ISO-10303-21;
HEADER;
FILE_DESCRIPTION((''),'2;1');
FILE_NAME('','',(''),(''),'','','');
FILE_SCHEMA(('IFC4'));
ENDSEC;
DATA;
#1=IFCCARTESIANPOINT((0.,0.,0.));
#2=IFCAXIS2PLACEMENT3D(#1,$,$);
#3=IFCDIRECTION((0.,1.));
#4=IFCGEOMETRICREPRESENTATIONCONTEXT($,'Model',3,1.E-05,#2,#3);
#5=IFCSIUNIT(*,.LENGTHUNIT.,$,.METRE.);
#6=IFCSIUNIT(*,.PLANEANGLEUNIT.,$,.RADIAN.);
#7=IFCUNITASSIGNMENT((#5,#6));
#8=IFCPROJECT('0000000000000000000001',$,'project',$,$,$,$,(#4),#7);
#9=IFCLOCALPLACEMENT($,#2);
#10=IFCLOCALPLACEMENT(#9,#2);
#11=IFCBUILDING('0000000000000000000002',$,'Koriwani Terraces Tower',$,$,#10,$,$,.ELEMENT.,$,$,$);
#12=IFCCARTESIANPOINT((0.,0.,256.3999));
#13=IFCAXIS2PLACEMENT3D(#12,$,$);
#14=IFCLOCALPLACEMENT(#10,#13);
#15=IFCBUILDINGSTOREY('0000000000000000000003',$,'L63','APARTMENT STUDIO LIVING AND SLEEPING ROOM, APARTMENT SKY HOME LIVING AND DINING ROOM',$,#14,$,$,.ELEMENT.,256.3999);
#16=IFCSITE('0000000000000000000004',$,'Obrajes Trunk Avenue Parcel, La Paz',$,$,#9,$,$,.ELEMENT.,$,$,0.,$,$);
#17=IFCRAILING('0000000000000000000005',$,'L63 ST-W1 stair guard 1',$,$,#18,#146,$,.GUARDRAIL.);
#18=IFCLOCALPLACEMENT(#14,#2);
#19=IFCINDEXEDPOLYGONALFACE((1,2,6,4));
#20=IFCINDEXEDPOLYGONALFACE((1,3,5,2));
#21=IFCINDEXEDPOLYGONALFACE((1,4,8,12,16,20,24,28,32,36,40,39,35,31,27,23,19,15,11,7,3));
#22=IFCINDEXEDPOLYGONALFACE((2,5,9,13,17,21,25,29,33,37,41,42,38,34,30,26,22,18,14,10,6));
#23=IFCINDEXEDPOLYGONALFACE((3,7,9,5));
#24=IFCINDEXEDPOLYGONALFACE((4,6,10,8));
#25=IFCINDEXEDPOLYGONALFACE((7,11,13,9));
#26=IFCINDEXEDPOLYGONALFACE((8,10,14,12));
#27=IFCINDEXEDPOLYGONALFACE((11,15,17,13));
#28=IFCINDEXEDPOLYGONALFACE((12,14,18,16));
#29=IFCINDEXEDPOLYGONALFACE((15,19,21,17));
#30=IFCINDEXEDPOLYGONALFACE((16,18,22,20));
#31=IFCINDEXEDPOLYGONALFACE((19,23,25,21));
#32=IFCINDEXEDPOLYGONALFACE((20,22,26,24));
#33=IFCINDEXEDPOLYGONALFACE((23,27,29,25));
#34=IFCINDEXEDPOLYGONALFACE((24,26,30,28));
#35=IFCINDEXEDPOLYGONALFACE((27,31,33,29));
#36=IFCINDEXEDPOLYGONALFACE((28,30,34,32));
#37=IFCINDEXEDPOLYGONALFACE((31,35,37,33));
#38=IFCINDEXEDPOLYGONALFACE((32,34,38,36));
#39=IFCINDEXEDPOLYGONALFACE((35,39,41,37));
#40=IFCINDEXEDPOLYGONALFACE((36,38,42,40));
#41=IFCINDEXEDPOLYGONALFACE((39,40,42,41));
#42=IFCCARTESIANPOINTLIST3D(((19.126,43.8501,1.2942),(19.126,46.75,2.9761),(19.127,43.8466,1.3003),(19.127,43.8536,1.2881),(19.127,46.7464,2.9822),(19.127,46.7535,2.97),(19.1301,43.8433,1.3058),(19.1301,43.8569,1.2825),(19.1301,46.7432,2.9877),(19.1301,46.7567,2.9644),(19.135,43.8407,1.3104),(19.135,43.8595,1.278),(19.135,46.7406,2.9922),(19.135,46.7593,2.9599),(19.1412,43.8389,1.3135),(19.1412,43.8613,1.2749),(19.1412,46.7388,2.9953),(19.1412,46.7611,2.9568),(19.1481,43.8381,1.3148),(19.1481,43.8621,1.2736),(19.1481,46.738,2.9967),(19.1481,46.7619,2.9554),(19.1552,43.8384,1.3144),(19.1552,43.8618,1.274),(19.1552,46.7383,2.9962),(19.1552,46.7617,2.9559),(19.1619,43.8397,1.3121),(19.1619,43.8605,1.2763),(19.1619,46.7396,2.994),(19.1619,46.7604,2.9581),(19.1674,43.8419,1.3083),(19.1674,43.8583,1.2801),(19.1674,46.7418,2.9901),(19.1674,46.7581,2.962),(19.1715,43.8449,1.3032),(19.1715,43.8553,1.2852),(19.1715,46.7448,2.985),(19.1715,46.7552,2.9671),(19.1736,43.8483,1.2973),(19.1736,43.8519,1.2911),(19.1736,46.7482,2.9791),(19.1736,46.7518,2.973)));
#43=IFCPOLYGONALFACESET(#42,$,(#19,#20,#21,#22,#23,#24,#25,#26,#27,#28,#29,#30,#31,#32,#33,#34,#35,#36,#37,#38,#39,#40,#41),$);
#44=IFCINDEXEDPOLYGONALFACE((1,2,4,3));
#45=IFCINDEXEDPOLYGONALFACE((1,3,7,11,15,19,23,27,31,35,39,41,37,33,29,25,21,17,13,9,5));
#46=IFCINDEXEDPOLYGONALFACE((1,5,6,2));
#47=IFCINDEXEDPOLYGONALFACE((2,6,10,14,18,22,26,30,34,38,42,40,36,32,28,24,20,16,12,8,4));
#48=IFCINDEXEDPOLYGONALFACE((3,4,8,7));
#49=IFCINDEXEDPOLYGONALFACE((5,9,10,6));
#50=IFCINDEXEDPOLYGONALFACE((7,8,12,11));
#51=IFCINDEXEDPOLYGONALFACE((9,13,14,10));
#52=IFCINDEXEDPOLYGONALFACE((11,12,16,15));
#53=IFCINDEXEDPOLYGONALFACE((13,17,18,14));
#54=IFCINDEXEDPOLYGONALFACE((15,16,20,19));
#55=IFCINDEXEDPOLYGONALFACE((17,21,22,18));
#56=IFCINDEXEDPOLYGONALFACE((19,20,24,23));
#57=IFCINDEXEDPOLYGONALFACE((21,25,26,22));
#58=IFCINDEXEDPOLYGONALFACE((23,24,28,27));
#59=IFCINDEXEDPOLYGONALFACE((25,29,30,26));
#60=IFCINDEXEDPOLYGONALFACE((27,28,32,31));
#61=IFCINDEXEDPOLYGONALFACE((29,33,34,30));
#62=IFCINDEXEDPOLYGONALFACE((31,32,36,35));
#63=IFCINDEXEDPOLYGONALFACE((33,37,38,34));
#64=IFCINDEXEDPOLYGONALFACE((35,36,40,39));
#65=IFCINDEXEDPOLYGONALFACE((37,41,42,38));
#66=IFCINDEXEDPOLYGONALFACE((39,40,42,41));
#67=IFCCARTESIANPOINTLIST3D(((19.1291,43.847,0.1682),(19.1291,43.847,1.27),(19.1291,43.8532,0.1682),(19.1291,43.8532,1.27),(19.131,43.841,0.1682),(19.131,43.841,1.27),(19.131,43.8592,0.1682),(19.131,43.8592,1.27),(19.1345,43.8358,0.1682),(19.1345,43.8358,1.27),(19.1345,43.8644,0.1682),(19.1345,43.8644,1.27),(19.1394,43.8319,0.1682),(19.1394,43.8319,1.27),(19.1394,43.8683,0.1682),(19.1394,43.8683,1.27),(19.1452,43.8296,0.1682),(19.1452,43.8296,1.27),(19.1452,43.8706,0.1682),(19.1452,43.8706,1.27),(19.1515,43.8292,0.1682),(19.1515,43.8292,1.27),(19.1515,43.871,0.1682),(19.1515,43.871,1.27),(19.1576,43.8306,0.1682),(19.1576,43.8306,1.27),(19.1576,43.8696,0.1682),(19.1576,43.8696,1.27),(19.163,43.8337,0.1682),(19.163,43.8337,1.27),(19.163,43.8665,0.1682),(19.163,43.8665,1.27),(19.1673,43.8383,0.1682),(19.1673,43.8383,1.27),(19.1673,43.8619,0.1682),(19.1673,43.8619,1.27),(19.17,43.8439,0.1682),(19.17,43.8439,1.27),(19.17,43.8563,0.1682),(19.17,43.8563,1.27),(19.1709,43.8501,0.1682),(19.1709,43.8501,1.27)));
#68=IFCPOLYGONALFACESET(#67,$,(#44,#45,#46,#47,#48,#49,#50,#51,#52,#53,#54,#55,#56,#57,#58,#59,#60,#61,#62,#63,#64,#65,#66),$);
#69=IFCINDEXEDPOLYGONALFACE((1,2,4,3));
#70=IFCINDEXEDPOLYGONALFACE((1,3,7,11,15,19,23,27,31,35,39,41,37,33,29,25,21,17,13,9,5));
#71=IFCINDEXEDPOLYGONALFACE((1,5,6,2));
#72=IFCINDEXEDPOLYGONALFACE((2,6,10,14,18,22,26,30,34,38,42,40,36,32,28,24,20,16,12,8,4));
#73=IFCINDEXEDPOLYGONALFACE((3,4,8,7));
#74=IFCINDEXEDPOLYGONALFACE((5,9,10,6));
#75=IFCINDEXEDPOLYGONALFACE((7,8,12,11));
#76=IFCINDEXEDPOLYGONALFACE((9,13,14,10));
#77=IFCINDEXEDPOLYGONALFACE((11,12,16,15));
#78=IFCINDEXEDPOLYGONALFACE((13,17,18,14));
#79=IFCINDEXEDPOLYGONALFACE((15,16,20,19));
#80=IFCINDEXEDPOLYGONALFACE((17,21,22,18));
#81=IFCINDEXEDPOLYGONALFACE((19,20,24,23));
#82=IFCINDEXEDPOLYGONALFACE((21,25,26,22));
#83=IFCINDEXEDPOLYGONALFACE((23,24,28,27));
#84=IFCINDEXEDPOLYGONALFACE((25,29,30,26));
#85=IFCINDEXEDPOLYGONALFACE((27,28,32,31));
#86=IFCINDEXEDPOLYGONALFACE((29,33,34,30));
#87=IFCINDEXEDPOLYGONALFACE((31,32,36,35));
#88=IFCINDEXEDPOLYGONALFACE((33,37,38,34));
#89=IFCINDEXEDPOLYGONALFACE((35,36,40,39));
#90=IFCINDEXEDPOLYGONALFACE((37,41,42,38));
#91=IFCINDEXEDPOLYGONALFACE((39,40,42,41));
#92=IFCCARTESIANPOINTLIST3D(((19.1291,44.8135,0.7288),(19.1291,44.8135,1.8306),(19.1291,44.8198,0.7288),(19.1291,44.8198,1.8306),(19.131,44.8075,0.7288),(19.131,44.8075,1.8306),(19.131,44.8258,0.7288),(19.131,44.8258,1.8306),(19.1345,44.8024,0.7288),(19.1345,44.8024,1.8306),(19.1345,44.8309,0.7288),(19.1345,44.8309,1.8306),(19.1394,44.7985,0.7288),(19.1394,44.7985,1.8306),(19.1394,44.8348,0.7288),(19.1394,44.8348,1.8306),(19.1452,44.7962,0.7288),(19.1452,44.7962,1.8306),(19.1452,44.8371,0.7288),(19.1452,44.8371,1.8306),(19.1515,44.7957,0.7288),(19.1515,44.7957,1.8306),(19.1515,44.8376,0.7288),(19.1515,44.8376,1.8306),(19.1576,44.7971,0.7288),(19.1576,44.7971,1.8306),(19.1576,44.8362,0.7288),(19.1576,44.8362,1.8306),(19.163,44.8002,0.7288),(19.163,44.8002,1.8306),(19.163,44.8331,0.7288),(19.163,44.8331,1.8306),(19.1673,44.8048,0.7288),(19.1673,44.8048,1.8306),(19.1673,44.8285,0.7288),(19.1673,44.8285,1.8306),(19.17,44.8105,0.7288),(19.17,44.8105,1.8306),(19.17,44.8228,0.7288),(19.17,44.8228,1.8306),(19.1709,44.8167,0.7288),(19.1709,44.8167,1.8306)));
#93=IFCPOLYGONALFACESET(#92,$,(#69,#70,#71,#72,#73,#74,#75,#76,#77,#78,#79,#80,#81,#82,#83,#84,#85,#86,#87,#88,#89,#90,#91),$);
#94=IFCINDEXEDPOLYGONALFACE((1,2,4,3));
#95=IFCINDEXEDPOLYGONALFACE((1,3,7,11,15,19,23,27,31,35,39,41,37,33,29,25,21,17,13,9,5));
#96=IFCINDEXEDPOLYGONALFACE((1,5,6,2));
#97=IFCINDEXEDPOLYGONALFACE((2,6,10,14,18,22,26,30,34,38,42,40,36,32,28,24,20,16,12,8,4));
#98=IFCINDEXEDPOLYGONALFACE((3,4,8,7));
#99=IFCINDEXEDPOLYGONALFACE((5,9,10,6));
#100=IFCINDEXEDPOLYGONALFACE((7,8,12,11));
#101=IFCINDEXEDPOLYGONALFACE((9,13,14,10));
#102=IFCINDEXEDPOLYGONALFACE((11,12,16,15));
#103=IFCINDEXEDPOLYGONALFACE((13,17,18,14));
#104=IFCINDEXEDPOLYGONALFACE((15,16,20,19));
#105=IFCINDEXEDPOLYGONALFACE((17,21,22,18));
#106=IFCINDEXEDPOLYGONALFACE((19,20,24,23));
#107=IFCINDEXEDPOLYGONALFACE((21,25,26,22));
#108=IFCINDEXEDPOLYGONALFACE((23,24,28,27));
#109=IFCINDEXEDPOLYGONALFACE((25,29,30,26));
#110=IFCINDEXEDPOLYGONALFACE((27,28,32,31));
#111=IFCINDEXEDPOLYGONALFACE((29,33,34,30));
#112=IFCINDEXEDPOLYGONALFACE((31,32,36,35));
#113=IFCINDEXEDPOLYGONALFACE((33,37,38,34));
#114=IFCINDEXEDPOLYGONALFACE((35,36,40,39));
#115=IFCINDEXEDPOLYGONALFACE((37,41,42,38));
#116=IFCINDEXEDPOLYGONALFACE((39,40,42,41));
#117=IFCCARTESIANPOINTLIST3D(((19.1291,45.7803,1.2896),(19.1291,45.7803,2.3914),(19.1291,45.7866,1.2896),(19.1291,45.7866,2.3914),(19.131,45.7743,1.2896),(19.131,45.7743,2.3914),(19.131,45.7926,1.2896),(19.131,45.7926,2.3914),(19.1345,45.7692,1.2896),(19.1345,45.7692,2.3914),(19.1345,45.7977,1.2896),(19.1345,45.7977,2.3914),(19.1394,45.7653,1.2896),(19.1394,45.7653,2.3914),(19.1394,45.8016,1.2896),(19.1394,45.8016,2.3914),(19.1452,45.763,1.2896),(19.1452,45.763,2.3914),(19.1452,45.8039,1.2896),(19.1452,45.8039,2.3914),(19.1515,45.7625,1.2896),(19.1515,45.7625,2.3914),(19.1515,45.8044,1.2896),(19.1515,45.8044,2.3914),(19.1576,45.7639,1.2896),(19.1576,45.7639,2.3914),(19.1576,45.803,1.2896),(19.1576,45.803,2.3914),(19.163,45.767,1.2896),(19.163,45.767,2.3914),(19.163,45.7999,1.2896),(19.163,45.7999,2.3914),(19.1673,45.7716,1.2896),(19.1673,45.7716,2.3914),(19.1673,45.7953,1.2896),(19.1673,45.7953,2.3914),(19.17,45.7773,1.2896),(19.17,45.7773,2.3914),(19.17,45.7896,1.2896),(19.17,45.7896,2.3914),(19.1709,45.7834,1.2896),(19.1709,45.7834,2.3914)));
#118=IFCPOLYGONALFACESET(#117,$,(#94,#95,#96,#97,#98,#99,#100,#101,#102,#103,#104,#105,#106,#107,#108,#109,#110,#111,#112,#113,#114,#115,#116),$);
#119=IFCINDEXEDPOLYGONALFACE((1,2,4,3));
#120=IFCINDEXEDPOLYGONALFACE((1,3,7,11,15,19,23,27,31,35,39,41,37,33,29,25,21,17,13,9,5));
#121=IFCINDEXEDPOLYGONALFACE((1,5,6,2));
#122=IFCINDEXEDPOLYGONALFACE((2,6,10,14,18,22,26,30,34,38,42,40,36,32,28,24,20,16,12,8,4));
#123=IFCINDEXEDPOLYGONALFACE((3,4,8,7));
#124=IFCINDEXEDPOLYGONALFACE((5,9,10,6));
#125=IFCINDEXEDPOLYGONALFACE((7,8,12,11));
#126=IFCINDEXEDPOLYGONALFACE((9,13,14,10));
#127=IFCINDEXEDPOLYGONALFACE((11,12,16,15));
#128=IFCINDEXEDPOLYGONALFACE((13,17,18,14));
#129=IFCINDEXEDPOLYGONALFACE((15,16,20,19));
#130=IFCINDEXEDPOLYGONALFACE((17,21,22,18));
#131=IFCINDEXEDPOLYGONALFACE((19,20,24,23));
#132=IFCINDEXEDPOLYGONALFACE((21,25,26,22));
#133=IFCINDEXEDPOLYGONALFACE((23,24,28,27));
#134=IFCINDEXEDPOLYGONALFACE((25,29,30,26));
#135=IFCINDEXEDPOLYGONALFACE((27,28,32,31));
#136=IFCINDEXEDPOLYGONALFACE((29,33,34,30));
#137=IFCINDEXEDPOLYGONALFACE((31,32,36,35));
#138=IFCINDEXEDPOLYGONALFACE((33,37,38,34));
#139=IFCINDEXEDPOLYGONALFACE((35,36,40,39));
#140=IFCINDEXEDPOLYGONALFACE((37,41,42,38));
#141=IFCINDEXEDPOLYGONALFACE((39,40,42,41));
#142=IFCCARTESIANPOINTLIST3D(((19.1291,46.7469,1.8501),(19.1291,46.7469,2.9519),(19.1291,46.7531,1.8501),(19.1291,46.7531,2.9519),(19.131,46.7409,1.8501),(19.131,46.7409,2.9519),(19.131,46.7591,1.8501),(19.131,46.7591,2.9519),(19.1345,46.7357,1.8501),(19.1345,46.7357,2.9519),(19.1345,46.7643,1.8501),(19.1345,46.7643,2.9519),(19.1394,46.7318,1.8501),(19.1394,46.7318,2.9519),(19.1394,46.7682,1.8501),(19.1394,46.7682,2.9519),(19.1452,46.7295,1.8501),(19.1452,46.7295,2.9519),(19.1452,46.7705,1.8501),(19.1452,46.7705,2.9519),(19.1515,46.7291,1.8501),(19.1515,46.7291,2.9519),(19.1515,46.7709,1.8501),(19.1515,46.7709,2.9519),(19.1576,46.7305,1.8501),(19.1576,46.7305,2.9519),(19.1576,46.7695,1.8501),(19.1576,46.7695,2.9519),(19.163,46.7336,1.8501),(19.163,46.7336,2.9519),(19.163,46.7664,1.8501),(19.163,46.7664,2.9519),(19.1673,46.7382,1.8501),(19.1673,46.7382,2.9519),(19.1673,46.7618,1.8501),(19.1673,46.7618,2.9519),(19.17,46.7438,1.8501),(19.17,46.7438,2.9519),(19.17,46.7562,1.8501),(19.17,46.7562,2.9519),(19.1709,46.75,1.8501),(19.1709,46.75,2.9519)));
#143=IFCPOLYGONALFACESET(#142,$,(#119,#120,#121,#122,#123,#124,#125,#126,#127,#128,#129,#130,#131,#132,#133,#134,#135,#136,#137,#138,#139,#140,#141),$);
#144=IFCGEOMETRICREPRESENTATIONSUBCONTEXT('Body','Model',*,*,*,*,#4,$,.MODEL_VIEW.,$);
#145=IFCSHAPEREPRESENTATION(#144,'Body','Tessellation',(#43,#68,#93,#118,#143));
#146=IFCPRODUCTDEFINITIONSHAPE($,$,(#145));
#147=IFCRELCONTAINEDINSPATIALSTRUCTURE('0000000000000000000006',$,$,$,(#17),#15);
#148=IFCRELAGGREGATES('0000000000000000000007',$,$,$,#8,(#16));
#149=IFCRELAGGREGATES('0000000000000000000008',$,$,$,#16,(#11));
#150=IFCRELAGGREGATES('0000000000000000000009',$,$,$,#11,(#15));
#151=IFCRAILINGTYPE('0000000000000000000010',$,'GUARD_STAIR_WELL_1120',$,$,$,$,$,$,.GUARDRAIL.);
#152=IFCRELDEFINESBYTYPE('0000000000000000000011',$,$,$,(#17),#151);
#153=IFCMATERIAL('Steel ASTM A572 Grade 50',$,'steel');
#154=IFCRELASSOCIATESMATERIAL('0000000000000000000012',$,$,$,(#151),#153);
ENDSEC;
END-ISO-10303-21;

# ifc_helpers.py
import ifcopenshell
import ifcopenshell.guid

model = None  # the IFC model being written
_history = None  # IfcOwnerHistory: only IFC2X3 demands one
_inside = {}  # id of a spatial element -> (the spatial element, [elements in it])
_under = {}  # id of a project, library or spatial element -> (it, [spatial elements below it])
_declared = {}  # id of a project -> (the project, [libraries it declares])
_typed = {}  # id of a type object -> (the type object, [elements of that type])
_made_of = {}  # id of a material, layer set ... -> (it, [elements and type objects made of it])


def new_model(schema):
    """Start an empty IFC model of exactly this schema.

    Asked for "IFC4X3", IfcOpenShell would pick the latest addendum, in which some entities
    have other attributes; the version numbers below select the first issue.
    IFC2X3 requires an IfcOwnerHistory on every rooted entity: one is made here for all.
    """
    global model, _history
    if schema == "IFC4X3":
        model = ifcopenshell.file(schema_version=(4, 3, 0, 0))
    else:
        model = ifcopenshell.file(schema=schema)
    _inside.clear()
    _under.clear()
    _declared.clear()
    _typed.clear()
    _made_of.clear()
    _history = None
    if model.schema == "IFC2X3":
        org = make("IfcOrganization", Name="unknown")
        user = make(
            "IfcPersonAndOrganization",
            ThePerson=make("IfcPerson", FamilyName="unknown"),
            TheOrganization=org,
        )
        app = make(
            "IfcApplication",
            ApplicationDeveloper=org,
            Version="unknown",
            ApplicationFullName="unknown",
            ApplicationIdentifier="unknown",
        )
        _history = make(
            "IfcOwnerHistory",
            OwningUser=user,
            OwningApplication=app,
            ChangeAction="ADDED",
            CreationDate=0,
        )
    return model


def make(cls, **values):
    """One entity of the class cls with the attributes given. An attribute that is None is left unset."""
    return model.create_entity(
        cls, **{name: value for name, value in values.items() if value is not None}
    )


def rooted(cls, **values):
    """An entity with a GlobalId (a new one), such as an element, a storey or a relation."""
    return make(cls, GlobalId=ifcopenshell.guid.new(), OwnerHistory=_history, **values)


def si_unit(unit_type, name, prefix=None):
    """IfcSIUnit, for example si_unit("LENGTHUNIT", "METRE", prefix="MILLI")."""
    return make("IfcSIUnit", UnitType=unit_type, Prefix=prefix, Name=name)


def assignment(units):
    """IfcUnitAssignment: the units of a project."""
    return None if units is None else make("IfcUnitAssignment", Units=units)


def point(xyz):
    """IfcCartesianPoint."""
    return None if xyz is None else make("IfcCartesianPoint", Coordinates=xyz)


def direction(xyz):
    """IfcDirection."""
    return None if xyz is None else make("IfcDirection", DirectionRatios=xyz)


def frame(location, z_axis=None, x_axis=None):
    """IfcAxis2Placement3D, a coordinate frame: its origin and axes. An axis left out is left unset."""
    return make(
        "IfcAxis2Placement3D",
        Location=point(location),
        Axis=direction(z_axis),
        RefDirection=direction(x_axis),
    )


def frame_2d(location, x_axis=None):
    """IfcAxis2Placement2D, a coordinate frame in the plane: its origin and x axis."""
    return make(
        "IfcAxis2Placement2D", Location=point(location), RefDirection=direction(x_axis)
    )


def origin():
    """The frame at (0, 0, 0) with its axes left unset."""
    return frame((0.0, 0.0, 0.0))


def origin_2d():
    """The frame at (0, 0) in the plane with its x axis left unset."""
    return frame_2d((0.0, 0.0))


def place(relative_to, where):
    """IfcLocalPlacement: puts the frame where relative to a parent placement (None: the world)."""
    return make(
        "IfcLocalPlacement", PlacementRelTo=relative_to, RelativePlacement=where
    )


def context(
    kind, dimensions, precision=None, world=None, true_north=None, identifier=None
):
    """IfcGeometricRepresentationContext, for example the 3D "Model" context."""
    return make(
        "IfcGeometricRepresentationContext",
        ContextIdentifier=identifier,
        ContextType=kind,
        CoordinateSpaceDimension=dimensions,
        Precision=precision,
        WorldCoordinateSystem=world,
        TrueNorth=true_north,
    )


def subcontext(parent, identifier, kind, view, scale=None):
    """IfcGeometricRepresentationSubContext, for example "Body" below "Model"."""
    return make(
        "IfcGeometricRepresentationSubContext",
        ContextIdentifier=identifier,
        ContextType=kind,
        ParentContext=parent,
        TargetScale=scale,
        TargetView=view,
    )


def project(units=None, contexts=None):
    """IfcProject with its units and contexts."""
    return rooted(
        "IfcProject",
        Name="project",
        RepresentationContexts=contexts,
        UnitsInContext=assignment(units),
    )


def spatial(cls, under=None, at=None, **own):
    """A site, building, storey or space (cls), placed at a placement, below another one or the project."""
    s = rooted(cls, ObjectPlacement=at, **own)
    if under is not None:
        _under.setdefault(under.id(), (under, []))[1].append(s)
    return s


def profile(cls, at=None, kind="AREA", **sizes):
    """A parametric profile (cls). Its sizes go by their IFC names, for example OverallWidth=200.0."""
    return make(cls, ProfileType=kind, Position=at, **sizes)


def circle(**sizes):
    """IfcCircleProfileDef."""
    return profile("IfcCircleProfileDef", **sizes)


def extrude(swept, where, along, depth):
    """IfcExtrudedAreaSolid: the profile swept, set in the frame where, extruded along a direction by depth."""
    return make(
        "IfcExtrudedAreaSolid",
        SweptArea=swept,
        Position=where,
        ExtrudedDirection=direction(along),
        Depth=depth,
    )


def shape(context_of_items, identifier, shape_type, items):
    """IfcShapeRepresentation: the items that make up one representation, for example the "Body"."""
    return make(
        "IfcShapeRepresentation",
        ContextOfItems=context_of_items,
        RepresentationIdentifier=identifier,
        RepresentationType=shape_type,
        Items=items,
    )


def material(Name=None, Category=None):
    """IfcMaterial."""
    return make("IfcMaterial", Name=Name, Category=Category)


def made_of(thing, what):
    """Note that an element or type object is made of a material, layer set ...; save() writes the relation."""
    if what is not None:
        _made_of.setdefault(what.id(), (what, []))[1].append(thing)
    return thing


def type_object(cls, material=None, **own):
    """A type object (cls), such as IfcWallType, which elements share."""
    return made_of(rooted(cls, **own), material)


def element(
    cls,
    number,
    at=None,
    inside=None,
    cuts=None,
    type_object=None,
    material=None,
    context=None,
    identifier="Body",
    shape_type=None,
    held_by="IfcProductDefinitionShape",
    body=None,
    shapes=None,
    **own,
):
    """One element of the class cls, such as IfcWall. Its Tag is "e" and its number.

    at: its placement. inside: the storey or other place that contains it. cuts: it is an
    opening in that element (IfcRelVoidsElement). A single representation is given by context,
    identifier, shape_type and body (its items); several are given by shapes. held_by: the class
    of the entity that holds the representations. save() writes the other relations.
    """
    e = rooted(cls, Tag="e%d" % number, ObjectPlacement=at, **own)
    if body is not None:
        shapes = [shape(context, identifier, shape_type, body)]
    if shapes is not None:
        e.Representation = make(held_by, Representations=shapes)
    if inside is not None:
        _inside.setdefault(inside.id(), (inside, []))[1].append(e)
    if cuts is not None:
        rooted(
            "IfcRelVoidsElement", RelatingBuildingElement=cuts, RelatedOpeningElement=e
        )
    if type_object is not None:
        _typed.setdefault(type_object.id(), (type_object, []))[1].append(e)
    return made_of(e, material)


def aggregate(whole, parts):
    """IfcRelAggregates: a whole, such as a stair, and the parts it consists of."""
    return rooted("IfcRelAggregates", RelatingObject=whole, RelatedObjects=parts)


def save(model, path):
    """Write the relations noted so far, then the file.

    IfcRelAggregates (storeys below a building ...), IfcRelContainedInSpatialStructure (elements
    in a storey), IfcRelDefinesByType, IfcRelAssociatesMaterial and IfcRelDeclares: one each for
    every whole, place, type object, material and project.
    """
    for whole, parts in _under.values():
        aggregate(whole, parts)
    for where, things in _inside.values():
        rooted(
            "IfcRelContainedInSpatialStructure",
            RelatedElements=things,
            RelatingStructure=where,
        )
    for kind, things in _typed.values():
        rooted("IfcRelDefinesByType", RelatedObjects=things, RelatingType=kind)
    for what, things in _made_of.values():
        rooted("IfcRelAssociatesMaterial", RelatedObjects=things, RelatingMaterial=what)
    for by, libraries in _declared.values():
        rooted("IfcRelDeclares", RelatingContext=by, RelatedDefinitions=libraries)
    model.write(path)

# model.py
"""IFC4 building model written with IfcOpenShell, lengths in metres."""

from ifc_helpers import new_model, si_unit, direction, frame, origin, origin_2d, place, context, subcontext, project, spatial, circle, extrude, material, type_object, element, save


model = new_model("IFC4")

# Units and contexts
model_context = context("Model", 3, precision=1e-05, world=origin(), true_north=direction((0.0, 1.0)))
body_context = subcontext(model_context, "Body", "Model", "MODEL_VIEW")
ifc_project = project(units=[si_unit("LENGTHUNIT", "METRE"), si_unit("PLANEANGLEUNIT", "RADIAN")], contexts=[model_context])

# Site, building, storey
site_placement = place(None, origin())
site = spatial("IfcSite", under=ifc_project, at=site_placement, Name="Obrajes Trunk Avenue Parcel, La Paz", CompositionType="ELEMENT", RefElevation=0.0)
building_placement = place(site_placement, origin())
building = spatial("IfcBuilding", under=site, at=building_placement, Name="Koriwani Terraces Tower", CompositionType="ELEMENT")
storey_placement = place(building_placement, frame((0.0, 0.0, 256.3999)))
storey = spatial("IfcBuildingStorey", under=building, at=storey_placement, Name="L63", Description="APARTMENT STUDIO LIVING AND SLEEPING ROOM, APARTMENT SKY HOME LIVING AND DINING ROOM", CompositionType="ELEMENT", Elevation=256.3999)

# Shared definitions
ifc_material_1 = material(Name="Steel ASTM A572 Grade 50", Category="steel")

# Railing
railing_type_1 = type_object("IfcRailingType", Name="GUARD_STAIR_WELL_1120", PredefinedType="GUARDRAIL", material=ifc_material_1)
railing_1_placement = place(storey_placement, frame((19.1499, 43.8501, 0.1682)))
element("IfcRailing", 1, at=railing_1_placement, inside=storey, type_object=railing_type_1, Name="L63 ST-W1 stair guard 1", PredefinedType="GUARDRAIL", context=body_context, shape_type="SweptSolid", body=[
    extrude(circle(Radius=0.0239, at=origin_2d()), frame((0.0, 0.0, 1.126), z_axis=(0.0, 0.865039, 0.501705), x_axis=(-1.0, 0.0, 0.0)), (0.0, 0.0, 1.0), 3.3523),
    extrude(circle(Radius=0.021, at=origin_2d()), origin(), (0.0, 0.0, 1.0), 1.1018),
    extrude(circle(Radius=0.021, at=origin_2d()), frame((0.0, 0.9666, 0.5605)), (0.0, 0.0, 1.0), 1.1018),
    extrude(circle(Radius=0.021, at=origin_2d()), frame((0.0, 1.9333, 1.1213)), (0.0, 0.0, 1.0), 1.1018),
    extrude(circle(Radius=0.021, at=origin_2d()), frame((0.0, 2.8999, 1.6819)), (0.0, 0.0, 1.0), 1.1018),
])

save(model, "model.ifc")
